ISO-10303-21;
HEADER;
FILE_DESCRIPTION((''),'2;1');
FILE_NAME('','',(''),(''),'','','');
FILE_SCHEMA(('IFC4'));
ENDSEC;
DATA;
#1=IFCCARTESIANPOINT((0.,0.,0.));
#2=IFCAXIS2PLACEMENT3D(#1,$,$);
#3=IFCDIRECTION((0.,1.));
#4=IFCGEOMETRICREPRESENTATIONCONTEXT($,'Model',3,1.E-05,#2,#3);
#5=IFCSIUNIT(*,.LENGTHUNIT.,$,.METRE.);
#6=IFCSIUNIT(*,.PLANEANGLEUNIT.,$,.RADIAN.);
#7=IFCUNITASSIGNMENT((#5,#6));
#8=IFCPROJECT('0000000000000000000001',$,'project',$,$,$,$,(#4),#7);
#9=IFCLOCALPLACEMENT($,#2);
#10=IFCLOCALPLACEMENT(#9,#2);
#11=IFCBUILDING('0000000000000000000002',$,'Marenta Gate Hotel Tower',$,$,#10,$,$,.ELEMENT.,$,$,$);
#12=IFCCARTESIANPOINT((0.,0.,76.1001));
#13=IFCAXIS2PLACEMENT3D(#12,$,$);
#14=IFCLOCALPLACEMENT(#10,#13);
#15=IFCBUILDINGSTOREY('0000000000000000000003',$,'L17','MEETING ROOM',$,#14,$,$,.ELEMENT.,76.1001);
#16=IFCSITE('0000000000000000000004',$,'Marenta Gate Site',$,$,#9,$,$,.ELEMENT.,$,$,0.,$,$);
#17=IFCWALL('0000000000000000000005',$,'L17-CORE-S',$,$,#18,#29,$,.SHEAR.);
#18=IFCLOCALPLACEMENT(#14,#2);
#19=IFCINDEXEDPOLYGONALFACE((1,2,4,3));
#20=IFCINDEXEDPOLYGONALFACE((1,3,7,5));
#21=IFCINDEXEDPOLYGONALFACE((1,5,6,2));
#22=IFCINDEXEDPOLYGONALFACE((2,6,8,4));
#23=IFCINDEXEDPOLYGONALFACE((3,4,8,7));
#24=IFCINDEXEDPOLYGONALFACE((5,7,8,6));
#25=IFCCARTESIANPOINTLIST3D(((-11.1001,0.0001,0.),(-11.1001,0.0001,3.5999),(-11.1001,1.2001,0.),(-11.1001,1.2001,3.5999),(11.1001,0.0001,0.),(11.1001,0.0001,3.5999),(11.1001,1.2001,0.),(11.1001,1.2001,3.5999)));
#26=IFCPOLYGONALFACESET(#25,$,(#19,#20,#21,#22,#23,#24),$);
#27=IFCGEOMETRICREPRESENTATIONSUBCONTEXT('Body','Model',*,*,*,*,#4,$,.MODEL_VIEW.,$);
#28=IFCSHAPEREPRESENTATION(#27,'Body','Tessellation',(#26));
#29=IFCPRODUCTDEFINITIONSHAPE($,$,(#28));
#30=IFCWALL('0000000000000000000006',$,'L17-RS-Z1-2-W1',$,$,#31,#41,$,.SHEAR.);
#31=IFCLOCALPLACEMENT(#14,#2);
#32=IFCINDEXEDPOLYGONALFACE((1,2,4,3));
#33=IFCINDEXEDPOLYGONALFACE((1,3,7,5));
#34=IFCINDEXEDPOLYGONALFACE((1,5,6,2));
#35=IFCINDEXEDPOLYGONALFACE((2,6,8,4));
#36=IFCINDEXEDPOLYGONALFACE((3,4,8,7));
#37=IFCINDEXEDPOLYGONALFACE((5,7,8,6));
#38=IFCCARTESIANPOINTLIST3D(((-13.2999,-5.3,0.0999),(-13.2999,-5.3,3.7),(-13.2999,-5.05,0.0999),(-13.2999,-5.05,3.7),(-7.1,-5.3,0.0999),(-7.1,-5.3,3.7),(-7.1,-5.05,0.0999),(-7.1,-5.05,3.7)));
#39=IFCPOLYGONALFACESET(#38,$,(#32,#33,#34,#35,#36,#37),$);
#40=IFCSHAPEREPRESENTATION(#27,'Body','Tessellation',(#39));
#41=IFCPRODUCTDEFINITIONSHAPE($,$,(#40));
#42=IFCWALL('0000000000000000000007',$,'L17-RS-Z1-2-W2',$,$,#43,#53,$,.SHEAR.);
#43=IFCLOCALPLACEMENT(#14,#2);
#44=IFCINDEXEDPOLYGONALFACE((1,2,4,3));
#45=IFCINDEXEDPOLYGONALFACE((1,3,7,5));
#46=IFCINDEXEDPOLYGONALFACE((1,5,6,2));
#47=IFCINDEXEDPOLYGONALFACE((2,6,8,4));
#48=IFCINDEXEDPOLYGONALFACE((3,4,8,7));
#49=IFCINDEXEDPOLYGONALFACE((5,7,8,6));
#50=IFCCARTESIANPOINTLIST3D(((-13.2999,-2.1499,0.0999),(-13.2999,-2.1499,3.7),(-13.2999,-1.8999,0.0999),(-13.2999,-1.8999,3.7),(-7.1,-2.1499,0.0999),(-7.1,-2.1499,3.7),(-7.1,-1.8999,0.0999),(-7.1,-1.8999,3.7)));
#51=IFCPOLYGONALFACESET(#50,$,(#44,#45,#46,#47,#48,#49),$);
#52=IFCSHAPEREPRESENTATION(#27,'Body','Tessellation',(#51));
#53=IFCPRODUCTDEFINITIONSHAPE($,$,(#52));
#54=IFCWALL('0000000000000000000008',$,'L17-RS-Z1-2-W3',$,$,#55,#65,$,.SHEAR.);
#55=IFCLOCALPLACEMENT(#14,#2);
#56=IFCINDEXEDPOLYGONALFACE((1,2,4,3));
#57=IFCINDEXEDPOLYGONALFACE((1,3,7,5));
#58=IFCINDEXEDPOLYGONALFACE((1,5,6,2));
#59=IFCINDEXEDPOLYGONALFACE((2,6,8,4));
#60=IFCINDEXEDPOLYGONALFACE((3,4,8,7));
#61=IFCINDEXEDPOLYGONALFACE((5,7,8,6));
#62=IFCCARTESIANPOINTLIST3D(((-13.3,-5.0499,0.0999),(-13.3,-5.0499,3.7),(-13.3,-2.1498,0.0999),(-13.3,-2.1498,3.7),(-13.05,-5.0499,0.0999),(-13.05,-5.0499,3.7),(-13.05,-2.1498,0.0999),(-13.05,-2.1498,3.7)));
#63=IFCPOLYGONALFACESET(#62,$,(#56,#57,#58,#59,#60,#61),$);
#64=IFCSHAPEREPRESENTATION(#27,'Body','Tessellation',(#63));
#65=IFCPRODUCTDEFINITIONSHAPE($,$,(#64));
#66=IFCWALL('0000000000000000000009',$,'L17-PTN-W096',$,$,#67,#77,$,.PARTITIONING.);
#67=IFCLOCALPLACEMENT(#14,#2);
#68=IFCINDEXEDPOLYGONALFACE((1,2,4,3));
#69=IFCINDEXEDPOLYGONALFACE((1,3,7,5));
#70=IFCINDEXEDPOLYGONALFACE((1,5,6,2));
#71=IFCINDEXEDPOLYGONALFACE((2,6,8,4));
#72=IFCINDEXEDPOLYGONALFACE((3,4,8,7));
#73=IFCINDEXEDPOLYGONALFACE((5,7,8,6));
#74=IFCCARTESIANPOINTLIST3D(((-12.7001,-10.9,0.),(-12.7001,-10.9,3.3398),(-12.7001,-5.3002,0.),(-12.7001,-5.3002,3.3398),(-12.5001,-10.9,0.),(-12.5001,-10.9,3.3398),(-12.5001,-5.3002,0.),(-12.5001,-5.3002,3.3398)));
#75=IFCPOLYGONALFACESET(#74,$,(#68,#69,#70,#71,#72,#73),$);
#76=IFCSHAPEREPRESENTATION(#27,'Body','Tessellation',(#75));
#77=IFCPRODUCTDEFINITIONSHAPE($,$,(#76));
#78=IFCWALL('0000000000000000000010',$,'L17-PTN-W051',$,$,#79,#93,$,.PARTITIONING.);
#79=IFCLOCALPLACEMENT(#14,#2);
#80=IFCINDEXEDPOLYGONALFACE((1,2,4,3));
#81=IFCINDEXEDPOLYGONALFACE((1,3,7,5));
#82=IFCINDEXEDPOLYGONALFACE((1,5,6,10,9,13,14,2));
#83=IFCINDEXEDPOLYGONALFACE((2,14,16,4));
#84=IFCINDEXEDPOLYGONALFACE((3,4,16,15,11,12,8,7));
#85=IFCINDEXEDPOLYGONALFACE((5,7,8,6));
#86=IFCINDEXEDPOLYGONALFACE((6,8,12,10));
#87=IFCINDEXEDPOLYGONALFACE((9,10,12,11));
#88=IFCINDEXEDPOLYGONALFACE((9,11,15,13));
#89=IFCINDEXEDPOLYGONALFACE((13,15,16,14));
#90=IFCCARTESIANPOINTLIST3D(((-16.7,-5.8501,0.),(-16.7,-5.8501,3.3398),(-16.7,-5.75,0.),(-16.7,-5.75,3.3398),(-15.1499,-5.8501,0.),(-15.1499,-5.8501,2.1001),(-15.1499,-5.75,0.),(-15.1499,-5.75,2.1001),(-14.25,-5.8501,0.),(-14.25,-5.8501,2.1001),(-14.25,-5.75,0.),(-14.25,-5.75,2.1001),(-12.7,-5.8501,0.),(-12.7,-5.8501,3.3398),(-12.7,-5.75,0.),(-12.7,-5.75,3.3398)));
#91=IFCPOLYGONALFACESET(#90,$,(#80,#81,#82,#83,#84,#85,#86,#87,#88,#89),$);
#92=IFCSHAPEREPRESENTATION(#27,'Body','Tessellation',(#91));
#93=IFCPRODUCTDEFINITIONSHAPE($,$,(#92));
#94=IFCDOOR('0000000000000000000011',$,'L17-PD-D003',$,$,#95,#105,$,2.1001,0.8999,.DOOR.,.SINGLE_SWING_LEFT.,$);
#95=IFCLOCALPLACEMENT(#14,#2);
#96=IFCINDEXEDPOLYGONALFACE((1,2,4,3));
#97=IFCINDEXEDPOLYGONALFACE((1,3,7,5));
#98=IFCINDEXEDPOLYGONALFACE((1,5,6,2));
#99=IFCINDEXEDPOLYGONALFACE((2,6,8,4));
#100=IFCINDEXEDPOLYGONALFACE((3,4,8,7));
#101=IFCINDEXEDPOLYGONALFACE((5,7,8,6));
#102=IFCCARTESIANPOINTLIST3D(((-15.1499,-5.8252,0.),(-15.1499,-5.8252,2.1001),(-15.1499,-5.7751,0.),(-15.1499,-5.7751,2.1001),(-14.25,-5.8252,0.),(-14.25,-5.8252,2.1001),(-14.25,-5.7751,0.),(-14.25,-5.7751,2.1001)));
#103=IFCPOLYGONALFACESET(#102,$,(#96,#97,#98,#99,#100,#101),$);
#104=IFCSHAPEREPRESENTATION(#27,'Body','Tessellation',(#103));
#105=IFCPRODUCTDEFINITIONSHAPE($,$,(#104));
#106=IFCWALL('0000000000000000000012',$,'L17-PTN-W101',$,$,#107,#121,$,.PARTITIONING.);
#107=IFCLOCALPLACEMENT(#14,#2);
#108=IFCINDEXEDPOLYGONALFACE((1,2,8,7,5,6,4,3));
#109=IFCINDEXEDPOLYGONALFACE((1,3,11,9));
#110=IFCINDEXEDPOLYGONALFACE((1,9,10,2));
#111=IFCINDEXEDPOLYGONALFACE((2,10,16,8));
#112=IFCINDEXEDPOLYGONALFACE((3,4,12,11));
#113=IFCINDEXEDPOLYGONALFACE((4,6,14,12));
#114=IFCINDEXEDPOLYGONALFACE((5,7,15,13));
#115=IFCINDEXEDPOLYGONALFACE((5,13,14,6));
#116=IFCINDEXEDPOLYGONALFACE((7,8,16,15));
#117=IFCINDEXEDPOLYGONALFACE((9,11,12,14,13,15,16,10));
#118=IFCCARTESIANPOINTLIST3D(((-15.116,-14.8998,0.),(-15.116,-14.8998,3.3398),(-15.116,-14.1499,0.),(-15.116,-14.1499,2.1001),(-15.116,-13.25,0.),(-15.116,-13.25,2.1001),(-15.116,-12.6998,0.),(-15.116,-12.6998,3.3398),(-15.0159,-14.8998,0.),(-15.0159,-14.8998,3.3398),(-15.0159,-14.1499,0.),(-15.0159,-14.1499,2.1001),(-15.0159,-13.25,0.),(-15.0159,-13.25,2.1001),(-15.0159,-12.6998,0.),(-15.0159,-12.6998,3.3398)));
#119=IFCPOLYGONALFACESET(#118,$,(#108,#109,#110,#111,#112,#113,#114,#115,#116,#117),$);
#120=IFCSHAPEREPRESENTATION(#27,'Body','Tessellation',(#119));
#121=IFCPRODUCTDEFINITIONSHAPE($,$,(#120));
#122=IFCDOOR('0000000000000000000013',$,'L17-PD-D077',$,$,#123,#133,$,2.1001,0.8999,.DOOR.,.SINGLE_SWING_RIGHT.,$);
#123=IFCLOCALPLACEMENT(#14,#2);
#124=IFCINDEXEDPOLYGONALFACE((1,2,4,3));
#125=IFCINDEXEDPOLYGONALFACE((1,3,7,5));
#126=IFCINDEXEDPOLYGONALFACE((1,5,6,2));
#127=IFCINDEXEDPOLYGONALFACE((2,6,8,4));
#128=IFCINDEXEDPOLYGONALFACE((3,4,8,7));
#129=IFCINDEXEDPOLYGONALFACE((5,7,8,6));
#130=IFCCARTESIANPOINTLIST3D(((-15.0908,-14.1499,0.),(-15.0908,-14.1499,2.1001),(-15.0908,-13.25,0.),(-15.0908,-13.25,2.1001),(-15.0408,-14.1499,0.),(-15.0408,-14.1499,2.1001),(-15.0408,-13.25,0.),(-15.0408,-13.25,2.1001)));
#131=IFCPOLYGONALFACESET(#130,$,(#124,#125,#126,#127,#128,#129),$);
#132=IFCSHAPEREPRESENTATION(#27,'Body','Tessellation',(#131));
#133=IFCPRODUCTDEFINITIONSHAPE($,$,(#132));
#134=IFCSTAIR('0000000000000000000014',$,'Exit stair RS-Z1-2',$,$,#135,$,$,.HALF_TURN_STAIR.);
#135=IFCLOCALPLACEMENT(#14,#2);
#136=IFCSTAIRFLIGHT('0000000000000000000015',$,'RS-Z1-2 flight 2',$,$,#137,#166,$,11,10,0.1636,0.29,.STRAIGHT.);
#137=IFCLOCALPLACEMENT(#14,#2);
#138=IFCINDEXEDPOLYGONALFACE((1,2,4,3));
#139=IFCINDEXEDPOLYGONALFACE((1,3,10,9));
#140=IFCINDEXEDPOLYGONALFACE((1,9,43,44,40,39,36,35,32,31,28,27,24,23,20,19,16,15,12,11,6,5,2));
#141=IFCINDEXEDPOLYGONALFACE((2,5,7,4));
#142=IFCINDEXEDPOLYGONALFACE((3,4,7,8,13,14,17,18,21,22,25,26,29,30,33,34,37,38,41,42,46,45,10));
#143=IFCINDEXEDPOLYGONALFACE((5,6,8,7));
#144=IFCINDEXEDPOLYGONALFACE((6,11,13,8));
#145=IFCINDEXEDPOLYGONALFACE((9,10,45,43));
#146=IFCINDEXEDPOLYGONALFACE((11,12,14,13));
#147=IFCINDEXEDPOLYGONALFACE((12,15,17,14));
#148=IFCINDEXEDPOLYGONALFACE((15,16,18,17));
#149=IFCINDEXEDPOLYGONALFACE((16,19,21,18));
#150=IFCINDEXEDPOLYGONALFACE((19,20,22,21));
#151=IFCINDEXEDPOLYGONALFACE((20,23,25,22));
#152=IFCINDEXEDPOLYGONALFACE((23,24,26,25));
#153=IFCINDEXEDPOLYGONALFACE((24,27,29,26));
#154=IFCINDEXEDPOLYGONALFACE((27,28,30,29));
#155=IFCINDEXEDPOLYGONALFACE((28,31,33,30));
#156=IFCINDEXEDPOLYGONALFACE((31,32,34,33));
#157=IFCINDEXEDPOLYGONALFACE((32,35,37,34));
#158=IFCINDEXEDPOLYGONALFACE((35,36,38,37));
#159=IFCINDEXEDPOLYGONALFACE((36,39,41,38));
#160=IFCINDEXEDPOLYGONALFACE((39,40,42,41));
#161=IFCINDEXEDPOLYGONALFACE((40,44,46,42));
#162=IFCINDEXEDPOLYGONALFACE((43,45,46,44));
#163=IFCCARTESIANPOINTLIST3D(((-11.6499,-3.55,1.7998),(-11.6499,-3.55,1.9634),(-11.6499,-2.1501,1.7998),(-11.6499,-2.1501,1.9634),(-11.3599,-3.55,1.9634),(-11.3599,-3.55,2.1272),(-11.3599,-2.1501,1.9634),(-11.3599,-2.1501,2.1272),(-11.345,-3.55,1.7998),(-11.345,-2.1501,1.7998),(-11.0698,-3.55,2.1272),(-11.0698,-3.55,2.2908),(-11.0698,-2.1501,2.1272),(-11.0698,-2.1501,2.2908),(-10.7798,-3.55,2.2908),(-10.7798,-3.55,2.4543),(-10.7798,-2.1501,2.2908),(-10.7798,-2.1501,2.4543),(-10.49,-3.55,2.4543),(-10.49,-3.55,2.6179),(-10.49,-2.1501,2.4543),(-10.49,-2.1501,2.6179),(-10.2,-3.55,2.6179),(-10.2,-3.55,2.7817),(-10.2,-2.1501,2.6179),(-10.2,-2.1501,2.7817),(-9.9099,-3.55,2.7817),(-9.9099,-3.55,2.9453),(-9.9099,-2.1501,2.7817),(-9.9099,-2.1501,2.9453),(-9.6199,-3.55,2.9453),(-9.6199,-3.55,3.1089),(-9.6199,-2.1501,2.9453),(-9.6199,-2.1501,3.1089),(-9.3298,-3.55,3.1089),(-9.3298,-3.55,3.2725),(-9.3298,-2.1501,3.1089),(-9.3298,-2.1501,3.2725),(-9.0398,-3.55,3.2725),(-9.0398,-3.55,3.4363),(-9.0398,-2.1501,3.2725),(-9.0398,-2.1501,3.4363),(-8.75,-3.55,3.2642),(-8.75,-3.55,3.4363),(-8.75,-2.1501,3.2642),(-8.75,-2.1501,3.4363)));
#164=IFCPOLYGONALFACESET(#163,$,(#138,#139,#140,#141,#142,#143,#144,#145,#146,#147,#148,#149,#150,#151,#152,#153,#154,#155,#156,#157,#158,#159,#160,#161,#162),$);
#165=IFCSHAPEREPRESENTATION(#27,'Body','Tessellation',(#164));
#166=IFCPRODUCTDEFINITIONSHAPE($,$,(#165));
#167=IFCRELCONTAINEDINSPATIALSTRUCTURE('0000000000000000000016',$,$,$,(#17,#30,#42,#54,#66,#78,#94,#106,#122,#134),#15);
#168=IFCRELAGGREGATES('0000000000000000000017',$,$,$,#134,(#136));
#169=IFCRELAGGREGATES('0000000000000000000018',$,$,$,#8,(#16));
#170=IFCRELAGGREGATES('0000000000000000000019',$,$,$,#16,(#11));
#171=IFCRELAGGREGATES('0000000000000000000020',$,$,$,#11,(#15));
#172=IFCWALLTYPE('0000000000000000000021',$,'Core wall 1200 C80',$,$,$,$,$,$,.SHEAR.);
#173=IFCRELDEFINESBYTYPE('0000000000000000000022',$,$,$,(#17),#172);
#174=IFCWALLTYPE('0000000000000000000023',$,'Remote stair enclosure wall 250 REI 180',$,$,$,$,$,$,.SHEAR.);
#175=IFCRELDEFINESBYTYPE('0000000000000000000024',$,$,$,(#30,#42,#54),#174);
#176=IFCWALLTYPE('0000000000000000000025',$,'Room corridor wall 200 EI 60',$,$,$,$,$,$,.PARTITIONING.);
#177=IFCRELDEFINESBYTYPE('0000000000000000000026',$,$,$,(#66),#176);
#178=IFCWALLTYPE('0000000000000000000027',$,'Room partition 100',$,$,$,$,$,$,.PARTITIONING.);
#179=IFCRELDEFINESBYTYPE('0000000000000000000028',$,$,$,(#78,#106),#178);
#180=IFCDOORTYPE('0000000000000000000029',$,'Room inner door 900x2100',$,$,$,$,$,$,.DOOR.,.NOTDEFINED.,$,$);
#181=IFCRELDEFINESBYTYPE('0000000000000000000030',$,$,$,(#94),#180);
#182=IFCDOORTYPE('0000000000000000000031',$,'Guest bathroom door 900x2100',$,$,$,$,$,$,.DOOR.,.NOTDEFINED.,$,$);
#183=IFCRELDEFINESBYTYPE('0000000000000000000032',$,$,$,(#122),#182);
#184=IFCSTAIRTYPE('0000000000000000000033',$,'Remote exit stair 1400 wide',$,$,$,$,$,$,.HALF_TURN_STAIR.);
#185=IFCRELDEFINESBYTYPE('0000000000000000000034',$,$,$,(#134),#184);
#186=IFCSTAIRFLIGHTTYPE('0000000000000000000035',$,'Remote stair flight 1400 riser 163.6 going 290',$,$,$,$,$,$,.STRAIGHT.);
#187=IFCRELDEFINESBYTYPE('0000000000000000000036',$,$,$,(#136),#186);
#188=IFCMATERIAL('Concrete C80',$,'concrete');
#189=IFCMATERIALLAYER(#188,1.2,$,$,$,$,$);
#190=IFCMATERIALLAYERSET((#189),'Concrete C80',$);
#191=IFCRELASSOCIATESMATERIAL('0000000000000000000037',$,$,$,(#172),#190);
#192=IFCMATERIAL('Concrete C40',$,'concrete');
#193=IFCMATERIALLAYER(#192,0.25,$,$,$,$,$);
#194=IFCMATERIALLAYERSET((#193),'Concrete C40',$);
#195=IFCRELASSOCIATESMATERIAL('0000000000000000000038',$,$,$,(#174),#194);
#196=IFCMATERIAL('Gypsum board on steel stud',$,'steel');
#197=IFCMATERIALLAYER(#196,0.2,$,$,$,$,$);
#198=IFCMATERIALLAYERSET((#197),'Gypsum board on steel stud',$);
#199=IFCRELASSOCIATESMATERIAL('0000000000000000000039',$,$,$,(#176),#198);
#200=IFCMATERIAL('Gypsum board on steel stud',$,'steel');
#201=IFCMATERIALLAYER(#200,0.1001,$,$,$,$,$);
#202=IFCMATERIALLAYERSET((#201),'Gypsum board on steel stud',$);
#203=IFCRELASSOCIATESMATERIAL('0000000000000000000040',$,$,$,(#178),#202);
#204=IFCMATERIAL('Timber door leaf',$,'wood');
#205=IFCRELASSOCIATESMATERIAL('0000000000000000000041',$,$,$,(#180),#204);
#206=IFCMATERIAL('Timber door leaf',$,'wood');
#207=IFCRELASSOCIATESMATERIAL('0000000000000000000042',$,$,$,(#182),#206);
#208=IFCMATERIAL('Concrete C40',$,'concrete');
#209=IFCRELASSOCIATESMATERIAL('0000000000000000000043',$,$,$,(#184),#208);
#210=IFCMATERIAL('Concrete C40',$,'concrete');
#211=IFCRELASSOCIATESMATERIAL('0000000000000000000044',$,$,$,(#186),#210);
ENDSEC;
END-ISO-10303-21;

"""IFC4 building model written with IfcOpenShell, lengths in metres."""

from ifc_helpers import new_model, si_unit, direction, frame, frame_2d, origin, place, context, subcontext, project, spatial, polyline, rectangle, outline, extrude, material, layer, layer_set, type_object, element, fill, aggregate, save


model = new_model("IFC4")

# Units and contexts
model_context = context("Model", 3, precision=1e-05, world=origin(), true_north=direction((0.0, 1.0)))
body_context = subcontext(model_context, "Body", "Model", "MODEL_VIEW")
ifc_project = project(units=[si_unit("LENGTHUNIT", "METRE"), si_unit("PLANEANGLEUNIT", "RADIAN")], contexts=[model_context])

# Site, building, storey
site_placement = place(None, origin())
site = spatial("IfcSite", under=ifc_project, at=site_placement, Name="Marenta Gate Site", CompositionType="ELEMENT", RefElevation=0.0)
building_placement = place(site_placement, origin())
building = spatial("IfcBuilding", under=site, at=building_placement, Name="Marenta Gate Hotel Tower", CompositionType="ELEMENT")
storey_placement = place(building_placement, frame((0.0, 0.0, 76.1001)))
storey = spatial("IfcBuildingStorey", under=building, at=storey_placement, Name="L17", Description="MEETING ROOM", CompositionType="ELEMENT", Elevation=76.1001)

# Shared definitions
ifc_material_1 = material(Name="Concrete C80", Category="concrete")
ifc_layer_1 = layer(ifc_material_1, 1.2)
ifc_layer_set_1 = layer_set([ifc_layer_1], Name="Concrete C80")
wall_type_1 = type_object("IfcWallType", Name="Core wall 1200 C80", PredefinedType="SHEAR", material=ifc_layer_set_1)

# Walls
wall_1_placement = place(storey_placement, frame((-11.1001, 0.6001, 0.0), z_axis=(0.0, 0.0, 1.0), x_axis=(1.0, 0.0, 0.0)))
element("IfcWall", 1, at=wall_1_placement, inside=storey, type_object=wall_type_1, Name="L17-CORE-S", PredefinedType="SHEAR", context=body_context, shape_type="SweptSolid", body=[
    extrude(rectangle(XDim=22.2002, YDim=1.2, at=frame_2d((11.1001, 0.0))), origin(), (0.0, 0.0, 1.0), 3.5999),
])
ifc_material_2 = material(Name="Concrete C40", Category="concrete")
ifc_layer_2 = layer(ifc_material_2, 0.25)
ifc_layer_set_2 = layer_set([ifc_layer_2], Name="Concrete C40")
wall_type_2 = type_object("IfcWallType", Name="Remote stair enclosure wall 250 REI 180", PredefinedType="SHEAR", material=ifc_layer_set_2)
for number, where, z_axis, x_axis, name in (
    (2, (-13.3, -5.175, 0.0999), (0.0, 0.0, 1.0), (1.0, 0.0, 0.0), "L17-RS-Z1-2-W1"),
    (3, (-13.3, -2.0249, 0.0999), (0.0, 0.0, 1.0), (1.0, 0.0, 0.0), "L17-RS-Z1-2-W2"),
):
    element("IfcWall", number, at=place(storey_placement, frame(where, z_axis=z_axis, x_axis=x_axis)), inside=storey, type_object=wall_type_2, Name=name, PredefinedType="SHEAR", context=body_context, shape_type="SweptSolid", body=[
        extrude(rectangle(XDim=6.2, YDim=0.25, at=frame_2d((3.1001, 0.0))), origin(), (0.0, 0.0, 1.0), 3.6001),
    ])
wall_2_placement = place(storey_placement, frame((-13.175, -5.05, 0.0999), z_axis=(0.0, 0.0, 1.0), x_axis=(0.0, 1.0, 0.0)))
element("IfcWall", 4, at=wall_2_placement, inside=storey, type_object=wall_type_2, Name="L17-RS-Z1-2-W3", PredefinedType="SHEAR", context=body_context, shape_type="SweptSolid", body=[
    extrude(rectangle(XDim=2.9001, YDim=0.25, at=frame_2d((1.4502, 0.0))), origin(), (0.0, 0.0, 1.0), 3.6001),
])
ifc_material_3 = material(Name="Gypsum board on steel stud", Category="steel")
ifc_layer_3 = layer(ifc_material_3, 0.2)
ifc_layer_set_3 = layer_set([ifc_layer_3], Name="Gypsum board on steel stud")
wall_type_3 = type_object("IfcWallType", Name="Room corridor wall 200 EI 60", PredefinedType="PARTITIONING", material=ifc_layer_set_3)
wall_3_placement = place(storey_placement, frame((-12.6001, -10.8999, 0.0), z_axis=(0.0, 0.0, 1.0), x_axis=(0.0, 1.0, 0.0)))
element("IfcWall", 5, at=wall_3_placement, inside=storey, type_object=wall_type_3, Name="L17-PTN-W096", PredefinedType="PARTITIONING", context=body_context, shape_type="SweptSolid", body=[
    extrude(rectangle(XDim=5.5999, YDim=0.2, at=frame_2d((2.7998, 0.0))), origin(), (0.0, 0.0, 1.0), 3.3398),
])

# Walls, openings, doors
ifc_material_4 = material(Name="Gypsum board on steel stud", Category="steel")
ifc_layer_4 = layer(ifc_material_4, 0.1001)
ifc_layer_set_4 = layer_set([ifc_layer_4], Name="Gypsum board on steel stud")
wall_type_4 = type_object("IfcWallType", Name="Room partition 100", PredefinedType="PARTITIONING", material=ifc_layer_set_4)
wall_4_placement = place(storey_placement, frame((-16.7, -5.8, 0.0), z_axis=(0.0, 0.0, 1.0), x_axis=(1.0, 0.0, 0.0)))
wall_4 = element("IfcWall", 6, at=wall_4_placement, inside=storey, type_object=wall_type_4, Name="L17-PTN-W051", PredefinedType="PARTITIONING", context=body_context, shape_type="SweptSolid", body=[
    extrude(rectangle(XDim=4.0, YDim=0.1001, at=frame_2d((2.0, 0.0))), origin(), (0.0, 0.0, 1.0), 3.3398),
])
opening_1_placement = place(wall_4_placement, frame((1.55, 0.0, 0.0)))
opening_1 = element("IfcOpeningElement", 7, at=opening_1_placement, cuts=wall_4, PredefinedType="OPENING", context=body_context, shape_type="SweptSolid", body=[
    extrude(rectangle(XDim=0.8999, YDim=2.1001, at=frame_2d((0.45, 1.05))), frame((0.0, 0.05, 0.0), z_axis=(0.0, -1.0, 0.0), x_axis=(1.0, 0.0, 0.0)), (0.0, 0.0, 1.0), 0.1001),
])
ifc_material_5 = material(Name="Timber door leaf", Category="wood")
door_type_1 = type_object("IfcDoorType", Name="Room inner door 900x2100", OperationType="NOTDEFINED", PredefinedType="DOOR", material=ifc_material_5)
door_1_placement = place(opening_1_placement, origin())
door_1 = element("IfcDoor", 8, at=door_1_placement, inside=storey, type_object=door_type_1, Name="L17-PD-D003", OperationType="SINGLE_SWING_LEFT", OverallHeight=2.1001, OverallWidth=0.8999, PredefinedType="DOOR", context=body_context, shape_type="SweptSolid", body=[
    extrude(rectangle(XDim=0.8999, YDim=2.1001, at=frame_2d((0.45, 1.05))), frame((0.0, 0.0249, 0.0), z_axis=(0.0, -1.0, 0.0), x_axis=(1.0, 0.0, 0.0)), (0.0, 0.0, 1.0), 0.05),
])
fill(opening_1, door_1)
wall_5_placement = place(storey_placement, frame((-15.0659, -14.8999, 0.0), z_axis=(0.0, 0.0, 1.0), x_axis=(0.0, 1.0, 0.0)))
wall_5 = element("IfcWall", 9, at=wall_5_placement, inside=storey, type_object=wall_type_4, Name="L17-PTN-W101", PredefinedType="PARTITIONING", context=body_context, shape_type="SweptSolid", body=[
    extrude(rectangle(XDim=2.2, YDim=0.1001, at=frame_2d((1.1001, 0.0))), origin(), (0.0, 0.0, 1.0), 3.3398),
])
opening_2_placement = place(wall_5_placement, frame((0.75, 0.0, 0.0)))
opening_2 = element("IfcOpeningElement", 10, at=opening_2_placement, cuts=wall_5, PredefinedType="OPENING", context=body_context, shape_type="SweptSolid", body=[
    extrude(rectangle(XDim=0.8999, YDim=2.1001, at=frame_2d((0.45, 1.05))), frame((0.0, 0.05, 0.0), z_axis=(0.0, -1.0, 0.0), x_axis=(1.0, 0.0, 0.0)), (0.0, 0.0, 1.0), 0.1001),
])
ifc_material_6 = material(Name="Timber door leaf", Category="wood")
door_type_2 = type_object("IfcDoorType", Name="Guest bathroom door 900x2100", OperationType="NOTDEFINED", PredefinedType="DOOR", material=ifc_material_6)
door_2_placement = place(opening_2_placement, origin())
door_2 = element("IfcDoor", 11, at=door_2_placement, inside=storey, type_object=door_type_2, Name="L17-PD-D077", OperationType="SINGLE_SWING_RIGHT", OverallHeight=2.1001, OverallWidth=0.8999, PredefinedType="DOOR", context=body_context, shape_type="SweptSolid", body=[
    extrude(rectangle(XDim=0.8999, YDim=2.1001, at=frame_2d((0.45, 1.05))), frame((0.0, 0.0249, 0.0), z_axis=(0.0, -1.0, 0.0), x_axis=(1.0, 0.0, 0.0)), (0.0, 0.0, 1.0), 0.05),
])
fill(opening_2, door_2)

# Stair, stair flight
ifc_material_7 = material(Name="Concrete C40", Category="concrete")
stair_type = type_object("IfcStairType", Name="Remote exit stair 1400 wide", PredefinedType="HALF_TURN_STAIR", material=ifc_material_7)
stair_placement = place(storey_placement, origin())
stair = element("IfcStair", 12, at=stair_placement, inside=storey, type_object=stair_type, Name="Exit stair RS-Z1-2", PredefinedType="HALF_TURN_STAIR")
ifc_material_8 = material(Name="Concrete C40", Category="concrete")
stair_flight_type = type_object("IfcStairFlightType", Name="Remote stair flight 1400 riser 163.6 going 290", PredefinedType="STRAIGHT", material=ifc_material_8)
stair_flight_placement = place(storey_placement, frame((-11.6499, -2.8501, 1.7998), z_axis=(0.0, 0.0, 1.0), x_axis=(1.0, 0.0, 0.0)))
stair_flight = element("IfcStairFlight", 13, at=stair_flight_placement, type_object=stair_flight_type, Name="RS-Z1-2 flight 2", NumberOfRisers=11, NumberOfTreads=10, PredefinedType="STRAIGHT", RiserHeight=0.1636, TreadLength=0.29, context=body_context, shape_type="SweptSolid", body=[
    extrude(outline(polyline([(0.0, 0.0), (0.0, 0.1636), (0.29, 0.1636), (0.29, 0.3274), (0.5801, 0.3274), (0.5801, 0.491), (0.8701, 0.491), (0.8701, 0.6545), (1.1599, 0.6545), (1.1599, 0.8181), (1.45, 0.8181), (1.45, 0.9819), (1.74, 0.9819), (1.74, 1.1455), (2.03, 1.1455), (2.03, 1.3091), (2.3201, 1.3091), (2.3201, 1.4727), (2.6101, 1.4727), (2.6101, 1.6365), (2.8999, 1.6365), (2.8999, 1.8), (2.8999, 1.4644), (0.3049, 0.0), (0.0, 0.0)])), frame((0.0, 0.7, 0.0), z_axis=(0.0, -1.0, 0.0), x_axis=(1.0, 0.0, 0.0)), (0.0, 0.0, 1.0), 1.3999),
])
aggregate(stair, [stair_flight])

save(model, "model.ifc")
